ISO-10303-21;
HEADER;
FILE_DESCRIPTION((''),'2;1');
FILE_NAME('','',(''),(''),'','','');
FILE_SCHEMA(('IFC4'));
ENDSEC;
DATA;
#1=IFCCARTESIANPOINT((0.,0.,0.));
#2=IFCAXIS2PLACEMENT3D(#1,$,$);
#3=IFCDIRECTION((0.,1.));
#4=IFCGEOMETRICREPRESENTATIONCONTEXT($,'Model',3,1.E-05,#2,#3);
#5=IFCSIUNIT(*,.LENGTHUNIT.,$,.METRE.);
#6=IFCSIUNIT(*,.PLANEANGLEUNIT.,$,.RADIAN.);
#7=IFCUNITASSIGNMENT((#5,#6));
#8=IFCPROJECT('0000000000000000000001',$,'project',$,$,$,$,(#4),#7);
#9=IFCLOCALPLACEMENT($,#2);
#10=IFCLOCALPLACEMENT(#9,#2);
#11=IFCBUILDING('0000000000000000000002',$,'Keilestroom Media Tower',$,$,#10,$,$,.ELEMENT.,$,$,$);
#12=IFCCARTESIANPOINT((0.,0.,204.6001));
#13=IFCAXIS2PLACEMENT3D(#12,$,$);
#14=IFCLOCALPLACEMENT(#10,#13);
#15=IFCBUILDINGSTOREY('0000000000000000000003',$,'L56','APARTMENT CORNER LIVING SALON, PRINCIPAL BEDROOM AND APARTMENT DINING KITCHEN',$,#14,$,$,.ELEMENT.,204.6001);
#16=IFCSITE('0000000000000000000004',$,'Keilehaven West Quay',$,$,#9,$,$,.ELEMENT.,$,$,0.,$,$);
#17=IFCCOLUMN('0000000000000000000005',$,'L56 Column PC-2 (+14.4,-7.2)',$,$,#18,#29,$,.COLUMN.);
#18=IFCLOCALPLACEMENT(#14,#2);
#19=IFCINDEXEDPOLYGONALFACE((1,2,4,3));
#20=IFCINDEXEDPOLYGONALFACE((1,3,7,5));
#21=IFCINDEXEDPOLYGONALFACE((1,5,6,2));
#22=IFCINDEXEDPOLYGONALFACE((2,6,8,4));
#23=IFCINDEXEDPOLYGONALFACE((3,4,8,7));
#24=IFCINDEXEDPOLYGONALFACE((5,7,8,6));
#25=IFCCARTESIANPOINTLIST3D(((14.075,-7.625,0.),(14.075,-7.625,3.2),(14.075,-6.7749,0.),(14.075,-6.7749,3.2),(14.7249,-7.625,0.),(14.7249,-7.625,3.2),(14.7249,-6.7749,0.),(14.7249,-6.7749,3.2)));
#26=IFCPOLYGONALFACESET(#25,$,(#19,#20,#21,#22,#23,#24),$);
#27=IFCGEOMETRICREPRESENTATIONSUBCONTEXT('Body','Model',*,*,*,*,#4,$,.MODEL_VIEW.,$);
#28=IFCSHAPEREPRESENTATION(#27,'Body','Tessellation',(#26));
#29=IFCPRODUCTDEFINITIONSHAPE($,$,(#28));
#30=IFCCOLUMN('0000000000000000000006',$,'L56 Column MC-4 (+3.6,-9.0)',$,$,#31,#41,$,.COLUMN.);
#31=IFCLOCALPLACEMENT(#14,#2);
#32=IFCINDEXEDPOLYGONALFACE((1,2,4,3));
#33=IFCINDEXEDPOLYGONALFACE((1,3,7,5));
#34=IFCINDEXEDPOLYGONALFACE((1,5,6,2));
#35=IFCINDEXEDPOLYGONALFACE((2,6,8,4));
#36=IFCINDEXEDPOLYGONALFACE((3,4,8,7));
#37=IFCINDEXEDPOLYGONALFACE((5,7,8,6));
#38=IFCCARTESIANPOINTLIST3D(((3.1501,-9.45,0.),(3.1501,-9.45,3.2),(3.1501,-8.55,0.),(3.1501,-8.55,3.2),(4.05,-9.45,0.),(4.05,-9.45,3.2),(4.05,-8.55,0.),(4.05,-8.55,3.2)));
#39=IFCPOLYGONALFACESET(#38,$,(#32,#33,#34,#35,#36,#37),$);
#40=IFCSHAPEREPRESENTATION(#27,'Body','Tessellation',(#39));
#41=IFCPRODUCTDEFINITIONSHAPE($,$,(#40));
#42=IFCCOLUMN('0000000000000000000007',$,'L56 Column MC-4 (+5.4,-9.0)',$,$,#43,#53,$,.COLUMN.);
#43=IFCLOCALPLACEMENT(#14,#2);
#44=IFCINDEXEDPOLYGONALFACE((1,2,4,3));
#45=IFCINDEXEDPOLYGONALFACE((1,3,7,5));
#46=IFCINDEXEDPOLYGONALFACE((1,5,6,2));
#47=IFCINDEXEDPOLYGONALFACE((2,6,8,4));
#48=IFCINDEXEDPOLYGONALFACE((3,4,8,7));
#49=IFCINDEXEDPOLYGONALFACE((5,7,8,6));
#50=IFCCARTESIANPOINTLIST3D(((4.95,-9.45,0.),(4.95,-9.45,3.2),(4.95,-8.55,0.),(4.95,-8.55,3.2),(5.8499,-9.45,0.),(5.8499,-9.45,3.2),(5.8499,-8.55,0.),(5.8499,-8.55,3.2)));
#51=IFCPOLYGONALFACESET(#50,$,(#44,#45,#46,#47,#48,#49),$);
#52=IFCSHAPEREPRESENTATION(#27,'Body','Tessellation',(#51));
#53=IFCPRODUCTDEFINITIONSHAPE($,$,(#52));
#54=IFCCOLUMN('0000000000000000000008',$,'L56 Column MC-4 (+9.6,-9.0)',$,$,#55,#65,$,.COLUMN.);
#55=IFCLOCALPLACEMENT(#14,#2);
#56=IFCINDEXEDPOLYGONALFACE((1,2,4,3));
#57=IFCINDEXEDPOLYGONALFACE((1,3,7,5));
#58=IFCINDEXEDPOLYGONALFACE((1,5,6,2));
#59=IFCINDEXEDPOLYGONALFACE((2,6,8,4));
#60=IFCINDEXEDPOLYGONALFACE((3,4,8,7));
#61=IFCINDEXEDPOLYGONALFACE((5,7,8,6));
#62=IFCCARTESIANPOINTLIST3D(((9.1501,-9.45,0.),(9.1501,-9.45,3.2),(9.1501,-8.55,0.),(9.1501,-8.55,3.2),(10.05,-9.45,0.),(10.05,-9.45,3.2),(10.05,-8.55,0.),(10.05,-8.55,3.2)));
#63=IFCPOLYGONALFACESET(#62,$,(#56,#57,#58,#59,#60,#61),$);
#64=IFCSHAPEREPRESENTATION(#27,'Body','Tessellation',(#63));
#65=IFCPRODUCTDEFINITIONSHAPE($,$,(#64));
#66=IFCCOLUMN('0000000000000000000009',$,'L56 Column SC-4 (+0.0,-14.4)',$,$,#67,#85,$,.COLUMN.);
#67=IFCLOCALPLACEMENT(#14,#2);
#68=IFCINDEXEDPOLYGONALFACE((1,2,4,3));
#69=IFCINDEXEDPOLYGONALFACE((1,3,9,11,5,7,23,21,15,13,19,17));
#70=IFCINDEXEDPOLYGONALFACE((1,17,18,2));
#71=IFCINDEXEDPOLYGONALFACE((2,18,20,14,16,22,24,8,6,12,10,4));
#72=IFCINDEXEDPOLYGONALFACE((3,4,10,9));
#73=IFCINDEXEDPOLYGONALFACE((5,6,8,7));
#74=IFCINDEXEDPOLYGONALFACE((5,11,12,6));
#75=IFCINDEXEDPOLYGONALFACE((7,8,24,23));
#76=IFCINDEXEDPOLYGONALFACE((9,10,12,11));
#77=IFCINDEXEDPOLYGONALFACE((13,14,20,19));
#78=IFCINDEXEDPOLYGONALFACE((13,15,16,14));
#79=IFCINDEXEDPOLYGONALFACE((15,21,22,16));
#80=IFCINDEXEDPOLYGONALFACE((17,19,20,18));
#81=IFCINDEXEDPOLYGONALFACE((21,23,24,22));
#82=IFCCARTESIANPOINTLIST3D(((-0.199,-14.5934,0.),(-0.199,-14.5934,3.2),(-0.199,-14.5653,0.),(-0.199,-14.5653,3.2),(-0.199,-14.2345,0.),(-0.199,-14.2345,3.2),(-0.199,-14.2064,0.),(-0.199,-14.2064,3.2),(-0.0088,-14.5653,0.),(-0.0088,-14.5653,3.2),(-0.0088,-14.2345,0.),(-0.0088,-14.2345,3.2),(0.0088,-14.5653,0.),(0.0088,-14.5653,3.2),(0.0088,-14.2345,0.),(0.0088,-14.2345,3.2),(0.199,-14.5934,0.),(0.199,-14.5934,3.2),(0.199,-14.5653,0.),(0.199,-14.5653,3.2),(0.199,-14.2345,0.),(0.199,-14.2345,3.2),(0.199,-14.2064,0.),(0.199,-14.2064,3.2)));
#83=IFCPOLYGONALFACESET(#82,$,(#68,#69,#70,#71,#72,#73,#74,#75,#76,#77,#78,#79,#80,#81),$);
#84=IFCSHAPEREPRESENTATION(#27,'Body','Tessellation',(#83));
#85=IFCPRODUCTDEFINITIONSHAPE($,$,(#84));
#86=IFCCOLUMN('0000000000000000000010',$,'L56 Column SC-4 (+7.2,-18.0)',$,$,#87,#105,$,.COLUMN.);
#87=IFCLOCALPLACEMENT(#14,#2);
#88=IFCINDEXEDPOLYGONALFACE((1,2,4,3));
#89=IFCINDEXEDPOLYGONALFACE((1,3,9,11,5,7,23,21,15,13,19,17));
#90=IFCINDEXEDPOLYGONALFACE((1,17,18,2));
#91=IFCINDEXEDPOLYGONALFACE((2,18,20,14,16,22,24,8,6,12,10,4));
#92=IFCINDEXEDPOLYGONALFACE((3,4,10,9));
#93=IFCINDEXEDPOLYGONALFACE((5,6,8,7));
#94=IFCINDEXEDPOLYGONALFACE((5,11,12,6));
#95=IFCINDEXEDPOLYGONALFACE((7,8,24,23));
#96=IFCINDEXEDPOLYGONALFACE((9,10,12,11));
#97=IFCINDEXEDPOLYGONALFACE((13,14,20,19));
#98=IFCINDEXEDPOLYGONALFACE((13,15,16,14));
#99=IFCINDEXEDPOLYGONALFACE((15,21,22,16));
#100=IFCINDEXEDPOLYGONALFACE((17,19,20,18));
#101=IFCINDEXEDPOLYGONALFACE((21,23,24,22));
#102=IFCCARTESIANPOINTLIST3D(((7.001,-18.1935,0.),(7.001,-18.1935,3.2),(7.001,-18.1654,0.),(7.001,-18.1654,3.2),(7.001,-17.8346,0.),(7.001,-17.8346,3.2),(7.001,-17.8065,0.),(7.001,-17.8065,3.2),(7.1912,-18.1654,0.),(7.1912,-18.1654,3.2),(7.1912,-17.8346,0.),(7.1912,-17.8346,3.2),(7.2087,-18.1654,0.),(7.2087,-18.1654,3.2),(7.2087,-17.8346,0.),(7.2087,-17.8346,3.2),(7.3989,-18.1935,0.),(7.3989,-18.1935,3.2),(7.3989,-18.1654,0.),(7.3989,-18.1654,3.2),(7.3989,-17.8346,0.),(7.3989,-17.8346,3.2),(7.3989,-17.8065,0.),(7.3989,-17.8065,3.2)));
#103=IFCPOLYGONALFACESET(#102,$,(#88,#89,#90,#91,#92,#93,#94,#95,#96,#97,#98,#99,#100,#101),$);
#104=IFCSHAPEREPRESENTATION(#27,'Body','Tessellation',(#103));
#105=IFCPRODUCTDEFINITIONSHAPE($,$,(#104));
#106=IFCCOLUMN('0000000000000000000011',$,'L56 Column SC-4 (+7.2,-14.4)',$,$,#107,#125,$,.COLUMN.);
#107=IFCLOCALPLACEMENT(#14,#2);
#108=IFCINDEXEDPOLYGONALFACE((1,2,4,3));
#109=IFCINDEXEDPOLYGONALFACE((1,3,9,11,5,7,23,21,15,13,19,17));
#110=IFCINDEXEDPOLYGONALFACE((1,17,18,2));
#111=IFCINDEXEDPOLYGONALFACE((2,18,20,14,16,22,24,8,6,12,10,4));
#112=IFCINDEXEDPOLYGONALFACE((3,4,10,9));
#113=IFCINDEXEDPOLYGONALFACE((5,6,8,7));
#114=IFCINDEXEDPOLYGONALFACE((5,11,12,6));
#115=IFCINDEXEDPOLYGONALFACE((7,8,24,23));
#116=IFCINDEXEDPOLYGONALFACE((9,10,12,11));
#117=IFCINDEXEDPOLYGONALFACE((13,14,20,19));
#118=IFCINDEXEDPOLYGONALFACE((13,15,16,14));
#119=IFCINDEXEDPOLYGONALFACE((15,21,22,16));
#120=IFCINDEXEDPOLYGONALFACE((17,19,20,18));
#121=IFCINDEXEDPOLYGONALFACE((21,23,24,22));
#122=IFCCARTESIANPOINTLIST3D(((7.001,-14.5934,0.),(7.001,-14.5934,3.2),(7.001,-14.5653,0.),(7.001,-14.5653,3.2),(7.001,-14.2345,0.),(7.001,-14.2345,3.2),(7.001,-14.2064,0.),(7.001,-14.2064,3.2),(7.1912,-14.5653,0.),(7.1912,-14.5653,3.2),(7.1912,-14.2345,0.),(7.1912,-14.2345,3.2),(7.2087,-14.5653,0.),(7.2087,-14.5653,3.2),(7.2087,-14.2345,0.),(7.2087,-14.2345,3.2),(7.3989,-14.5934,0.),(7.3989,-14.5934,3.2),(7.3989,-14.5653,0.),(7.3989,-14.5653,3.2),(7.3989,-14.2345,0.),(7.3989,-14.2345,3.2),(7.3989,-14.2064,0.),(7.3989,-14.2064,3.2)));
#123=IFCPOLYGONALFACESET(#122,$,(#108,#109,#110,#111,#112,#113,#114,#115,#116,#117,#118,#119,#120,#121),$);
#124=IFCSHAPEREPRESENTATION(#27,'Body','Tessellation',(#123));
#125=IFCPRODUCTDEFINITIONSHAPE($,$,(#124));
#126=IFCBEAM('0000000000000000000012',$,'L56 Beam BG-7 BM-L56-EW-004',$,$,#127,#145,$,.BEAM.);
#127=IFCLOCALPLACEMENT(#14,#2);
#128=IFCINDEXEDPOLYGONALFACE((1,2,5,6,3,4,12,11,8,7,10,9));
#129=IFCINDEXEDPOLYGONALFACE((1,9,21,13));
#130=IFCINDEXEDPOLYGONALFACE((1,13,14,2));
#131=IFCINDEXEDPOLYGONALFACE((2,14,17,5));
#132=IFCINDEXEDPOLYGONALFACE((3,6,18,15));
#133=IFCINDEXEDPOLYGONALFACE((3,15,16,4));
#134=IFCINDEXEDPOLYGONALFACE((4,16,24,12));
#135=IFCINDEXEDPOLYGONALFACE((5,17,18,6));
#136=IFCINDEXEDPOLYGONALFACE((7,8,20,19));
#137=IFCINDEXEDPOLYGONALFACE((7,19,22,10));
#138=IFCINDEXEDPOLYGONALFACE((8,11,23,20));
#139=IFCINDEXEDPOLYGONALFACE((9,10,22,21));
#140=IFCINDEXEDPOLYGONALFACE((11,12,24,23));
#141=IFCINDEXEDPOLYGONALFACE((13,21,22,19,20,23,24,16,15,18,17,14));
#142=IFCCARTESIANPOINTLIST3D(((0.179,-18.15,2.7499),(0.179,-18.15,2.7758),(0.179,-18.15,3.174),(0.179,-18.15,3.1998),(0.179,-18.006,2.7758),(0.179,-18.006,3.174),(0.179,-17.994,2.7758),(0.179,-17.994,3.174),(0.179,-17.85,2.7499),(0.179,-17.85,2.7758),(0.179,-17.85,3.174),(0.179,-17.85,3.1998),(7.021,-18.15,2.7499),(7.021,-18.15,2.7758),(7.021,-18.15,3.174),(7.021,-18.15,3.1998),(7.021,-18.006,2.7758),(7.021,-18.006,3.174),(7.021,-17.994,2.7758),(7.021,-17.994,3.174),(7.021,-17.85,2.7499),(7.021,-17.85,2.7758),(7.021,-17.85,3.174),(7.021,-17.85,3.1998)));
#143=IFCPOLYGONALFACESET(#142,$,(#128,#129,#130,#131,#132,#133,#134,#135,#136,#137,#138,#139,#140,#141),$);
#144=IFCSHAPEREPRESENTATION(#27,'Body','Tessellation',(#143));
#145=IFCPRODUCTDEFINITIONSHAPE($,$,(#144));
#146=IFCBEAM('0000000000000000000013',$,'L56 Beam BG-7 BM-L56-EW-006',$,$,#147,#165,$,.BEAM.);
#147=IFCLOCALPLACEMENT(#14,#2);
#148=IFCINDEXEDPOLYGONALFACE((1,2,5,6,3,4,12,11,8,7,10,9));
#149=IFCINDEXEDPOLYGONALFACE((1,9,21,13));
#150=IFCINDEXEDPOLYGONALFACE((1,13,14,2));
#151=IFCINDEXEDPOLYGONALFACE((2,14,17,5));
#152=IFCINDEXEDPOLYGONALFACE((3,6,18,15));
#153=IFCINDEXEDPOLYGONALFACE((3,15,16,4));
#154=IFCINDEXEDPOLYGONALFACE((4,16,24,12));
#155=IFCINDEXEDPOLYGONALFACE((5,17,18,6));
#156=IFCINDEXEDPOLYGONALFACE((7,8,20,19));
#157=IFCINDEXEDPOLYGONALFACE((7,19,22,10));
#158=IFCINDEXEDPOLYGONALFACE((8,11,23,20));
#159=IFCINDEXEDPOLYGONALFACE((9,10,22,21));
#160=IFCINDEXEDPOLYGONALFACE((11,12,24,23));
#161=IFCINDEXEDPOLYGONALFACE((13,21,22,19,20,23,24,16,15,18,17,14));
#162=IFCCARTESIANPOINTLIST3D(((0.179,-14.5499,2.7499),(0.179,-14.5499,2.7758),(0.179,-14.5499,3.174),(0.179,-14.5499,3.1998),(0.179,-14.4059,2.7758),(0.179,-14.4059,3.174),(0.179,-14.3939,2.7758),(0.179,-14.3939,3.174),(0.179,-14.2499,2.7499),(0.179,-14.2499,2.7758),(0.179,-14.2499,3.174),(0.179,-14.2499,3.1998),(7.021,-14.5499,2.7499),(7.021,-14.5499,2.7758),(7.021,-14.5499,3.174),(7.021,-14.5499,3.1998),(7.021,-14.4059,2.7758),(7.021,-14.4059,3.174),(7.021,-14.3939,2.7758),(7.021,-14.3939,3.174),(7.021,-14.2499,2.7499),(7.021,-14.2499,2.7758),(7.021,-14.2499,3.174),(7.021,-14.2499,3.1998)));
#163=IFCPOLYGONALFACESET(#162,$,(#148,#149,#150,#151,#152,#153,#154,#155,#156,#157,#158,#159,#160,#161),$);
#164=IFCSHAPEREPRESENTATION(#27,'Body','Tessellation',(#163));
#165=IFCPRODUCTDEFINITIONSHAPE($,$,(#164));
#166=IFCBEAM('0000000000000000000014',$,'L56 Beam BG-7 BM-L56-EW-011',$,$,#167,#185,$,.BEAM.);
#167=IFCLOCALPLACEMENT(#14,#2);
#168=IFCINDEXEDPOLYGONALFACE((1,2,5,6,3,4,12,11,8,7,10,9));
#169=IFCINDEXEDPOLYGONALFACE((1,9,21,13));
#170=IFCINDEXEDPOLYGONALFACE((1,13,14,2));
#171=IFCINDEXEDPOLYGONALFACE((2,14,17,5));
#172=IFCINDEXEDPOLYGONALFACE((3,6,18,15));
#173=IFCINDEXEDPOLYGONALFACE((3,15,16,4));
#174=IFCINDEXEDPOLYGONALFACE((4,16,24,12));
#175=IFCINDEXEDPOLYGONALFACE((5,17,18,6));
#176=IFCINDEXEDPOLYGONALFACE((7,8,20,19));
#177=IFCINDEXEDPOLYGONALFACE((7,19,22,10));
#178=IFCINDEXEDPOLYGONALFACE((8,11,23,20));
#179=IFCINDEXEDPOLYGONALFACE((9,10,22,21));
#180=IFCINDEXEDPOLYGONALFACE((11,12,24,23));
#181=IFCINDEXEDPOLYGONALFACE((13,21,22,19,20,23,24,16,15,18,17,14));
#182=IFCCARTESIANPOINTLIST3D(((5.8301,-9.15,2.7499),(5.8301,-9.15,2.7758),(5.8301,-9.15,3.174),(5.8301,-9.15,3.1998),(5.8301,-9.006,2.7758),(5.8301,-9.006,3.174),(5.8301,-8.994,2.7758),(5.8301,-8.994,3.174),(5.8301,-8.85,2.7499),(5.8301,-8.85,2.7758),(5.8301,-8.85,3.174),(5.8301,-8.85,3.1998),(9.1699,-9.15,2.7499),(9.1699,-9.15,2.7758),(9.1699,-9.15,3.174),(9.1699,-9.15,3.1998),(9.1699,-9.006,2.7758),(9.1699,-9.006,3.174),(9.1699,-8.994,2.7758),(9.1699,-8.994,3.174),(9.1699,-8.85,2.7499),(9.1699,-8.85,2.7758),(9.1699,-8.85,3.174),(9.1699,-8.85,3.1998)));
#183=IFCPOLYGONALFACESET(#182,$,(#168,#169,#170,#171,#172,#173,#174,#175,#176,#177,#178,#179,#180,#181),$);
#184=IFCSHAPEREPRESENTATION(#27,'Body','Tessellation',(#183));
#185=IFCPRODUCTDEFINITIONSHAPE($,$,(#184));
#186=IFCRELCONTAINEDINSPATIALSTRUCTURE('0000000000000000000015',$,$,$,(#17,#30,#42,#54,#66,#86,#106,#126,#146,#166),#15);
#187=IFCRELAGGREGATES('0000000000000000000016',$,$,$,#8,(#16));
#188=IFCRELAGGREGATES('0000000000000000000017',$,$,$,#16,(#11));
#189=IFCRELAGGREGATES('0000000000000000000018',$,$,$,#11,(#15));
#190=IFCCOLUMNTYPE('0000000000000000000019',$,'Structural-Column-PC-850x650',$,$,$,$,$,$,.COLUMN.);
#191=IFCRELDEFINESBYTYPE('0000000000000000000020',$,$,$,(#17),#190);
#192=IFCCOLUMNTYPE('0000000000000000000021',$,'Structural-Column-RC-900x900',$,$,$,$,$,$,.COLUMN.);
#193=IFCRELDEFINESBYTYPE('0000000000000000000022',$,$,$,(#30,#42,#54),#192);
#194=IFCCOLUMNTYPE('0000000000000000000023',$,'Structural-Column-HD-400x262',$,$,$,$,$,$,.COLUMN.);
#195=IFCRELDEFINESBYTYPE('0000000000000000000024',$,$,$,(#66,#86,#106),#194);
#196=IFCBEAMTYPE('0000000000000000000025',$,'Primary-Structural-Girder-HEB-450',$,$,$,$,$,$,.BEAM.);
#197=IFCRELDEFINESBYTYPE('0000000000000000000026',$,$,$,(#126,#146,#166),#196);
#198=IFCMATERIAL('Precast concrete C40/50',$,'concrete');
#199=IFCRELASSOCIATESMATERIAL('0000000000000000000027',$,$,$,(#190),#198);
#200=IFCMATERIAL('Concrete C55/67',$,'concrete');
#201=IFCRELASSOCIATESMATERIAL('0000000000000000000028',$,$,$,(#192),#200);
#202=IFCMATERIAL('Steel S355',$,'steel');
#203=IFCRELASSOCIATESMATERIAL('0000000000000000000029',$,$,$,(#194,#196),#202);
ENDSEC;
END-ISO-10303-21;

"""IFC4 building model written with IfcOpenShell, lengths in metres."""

from ifc_helpers import new_model, si_unit, direction, frame, origin, origin_2d, place, context, subcontext, project, spatial, rectangle, i_section, extrude, source, transform, mapped, material, material_profile, profile_set, type_object, element, save


model = new_model("IFC4")

# Units and contexts
model_context = context("Model", 3, precision=1e-05, world=origin(), true_north=direction((0.0, 1.0)))
body_context = subcontext(model_context, "Body", "Model", "MODEL_VIEW")
ifc_project = project(units=[si_unit("LENGTHUNIT", "METRE"), si_unit("PLANEANGLEUNIT", "RADIAN")], contexts=[model_context])

# Site, building, storey
site_placement = place(None, origin())
site = spatial("IfcSite", under=ifc_project, at=site_placement, Name="Keilehaven West Quay", CompositionType="ELEMENT", RefElevation=0.0)
building_placement = place(site_placement, origin())
building = spatial("IfcBuilding", under=site, at=building_placement, Name="Keilestroom Media Tower", CompositionType="ELEMENT")
storey_placement = place(building_placement, frame((0.0, 0.0, 204.6001)))
storey = spatial("IfcBuildingStorey", under=building, at=storey_placement, Name="L56", Description="APARTMENT CORNER LIVING SALON, PRINCIPAL BEDROOM AND APARTMENT DINING KITCHEN", CompositionType="ELEMENT", Elevation=204.6001)

# Columns
ifc_material_1 = material(Name="Precast concrete C40/50", Category="concrete")
ifc_material_profile_1 = material_profile(ifc_material_1, rectangle(XDim=0.6499, YDim=0.8501, at=origin_2d()), Name="PC 850x650")
ifc_profile_set_1 = profile_set([ifc_material_profile_1], Name="Precast concrete C40/50")
column_type_1 = type_object("IfcColumnType", Name="Structural-Column-PC-850x650", PredefinedType="COLUMN", material=ifc_profile_set_1)
shared_shape_1 = source(origin(), body_context, "Body", "SweptSolid", [
    extrude(rectangle(XDim=0.6499, YDim=0.8501, at=origin_2d()), origin(), (0.0, 0.0, 1.0), 3.2),
])
column_placement = place(storey_placement, frame((14.3999, -7.2, 0.0), z_axis=(0.0, 0.0, 1.0), x_axis=(1.0, 0.0, 0.0)))
element("IfcColumn", 1, at=column_placement, inside=storey, type_object=column_type_1, Name="L56 Column PC-2 (+14.4,-7.2)", PredefinedType="COLUMN", context=body_context, shape_type="MappedRepresentation", body=[
    mapped(shared_shape_1, transform((0.0, 0.0, 0.0), x_axis=(1.0, 0.0, 0.0), y_axis=(0.0, 1.0, 0.0), z_axis=(0.0, 0.0, 1.0), scale=1.0)),
])
ifc_material_2 = material(Name="Concrete C55/67", Category="concrete")
ifc_material_profile_2 = material_profile(ifc_material_2, rectangle(XDim=0.8999, YDim=0.8999, at=origin_2d()), Name="RC 900x900")
ifc_profile_set_2 = profile_set([ifc_material_profile_2], Name="Concrete C55/67")
column_type_2 = type_object("IfcColumnType", Name="Structural-Column-RC-900x900", PredefinedType="COLUMN", material=ifc_profile_set_2)
shared_shape_2 = source(origin(), body_context, "Body", "SweptSolid", [
    extrude(rectangle(XDim=0.8999, YDim=0.8999, at=origin_2d()), origin(), (0.0, 0.0, 1.0), 3.2),
])
for number, where, z_axis, x_axis, name in (
    (2, (3.6001, -9.0, 0.0), (0.0, 0.0, 1.0), (1.0, 0.0, 0.0), "L56 Column MC-4 (+3.6,-9.0)"),
    (3, (5.3999, -9.0, 0.0), (0.0, 0.0, 1.0), (1.0, 0.0, 0.0), "L56 Column MC-4 (+5.4,-9.0)"),
    (4, (9.6001, -9.0, 0.0), (0.0, 0.0, 1.0), (1.0, 0.0, 0.0), "L56 Column MC-4 (+9.6,-9.0)"),
):
    element("IfcColumn", number, at=place(storey_placement, frame(where, z_axis=z_axis, x_axis=x_axis)), inside=storey, type_object=column_type_2, Name=name, PredefinedType="COLUMN", context=body_context, shape_type="MappedRepresentation", body=[
        mapped(shared_shape_2, transform((0.0, 0.0, 0.0), x_axis=(1.0, 0.0, 0.0), y_axis=(0.0, 1.0, 0.0), z_axis=(0.0, 0.0, 1.0), scale=1.0)),
    ])
ifc_material_3 = material(Name="Steel S355", Category="steel")
ifc_material_profile_3 = material_profile(ifc_material_3, i_section(OverallWidth=0.3979, OverallDepth=0.387, WebThickness=0.0176, FlangeThickness=0.0281, at=origin_2d()), Name="HD 400x262")
ifc_profile_set_3 = profile_set([ifc_material_profile_3], Name="Steel S355")
column_type_3 = type_object("IfcColumnType", Name="Structural-Column-HD-400x262", PredefinedType="COLUMN", material=ifc_profile_set_3)
shared_shape_3 = source(origin(), body_context, "Body", "SweptSolid", [
    extrude(i_section(OverallWidth=0.3979, OverallDepth=0.387, WebThickness=0.0176, FlangeThickness=0.0281, at=origin_2d()), origin(), (0.0, 0.0, 1.0), 3.2),
])
for number, where, z_axis, x_axis, name in (
    (5, (0.0, -14.3999, 0.0), (0.0, 0.0, 1.0), (1.0, 0.0, 0.0), "L56 Column SC-4 (+0.0,-14.4)"),
    (6, (7.2, -18.0, 0.0), (0.0, 0.0, 1.0), (1.0, 0.0, 0.0), "L56 Column SC-4 (+7.2,-18.0)"),
    (7, (7.2, -14.3999, 0.0), (0.0, 0.0, 1.0), (1.0, 0.0, 0.0), "L56 Column SC-4 (+7.2,-14.4)"),
):
    element("IfcColumn", number, at=place(storey_placement, frame(where, z_axis=z_axis, x_axis=x_axis)), inside=storey, type_object=column_type_3, Name=name, PredefinedType="COLUMN", context=body_context, shape_type="MappedRepresentation", body=[
        mapped(shared_shape_3, transform((0.0, 0.0, 0.0), x_axis=(1.0, 0.0, 0.0), y_axis=(0.0, 1.0, 0.0), z_axis=(0.0, 0.0, 1.0), scale=1.0)),
    ])

# Beams
ifc_material_profile_4 = material_profile(ifc_material_3, i_section(OverallWidth=0.3, OverallDepth=0.45, WebThickness=0.012, FlangeThickness=0.0259, at=origin_2d()), Name="HEB 450")
ifc_profile_set_4 = profile_set([ifc_material_profile_4], Name="Steel S355")
beam_type_1 = type_object("IfcBeamType", Name="Primary-Structural-Girder-HEB-450", PredefinedType="BEAM", material=ifc_profile_set_4)
shared_shape_4 = source(origin(), body_context, "Body", "SweptSolid", [
    extrude(i_section(OverallWidth=0.3, OverallDepth=0.45, WebThickness=0.012, FlangeThickness=0.0259, at=origin_2d()), origin(), (0.0, 0.0, 1.0), 6.842),
])
for number, where, z_axis, x_axis, name in (
    (8, (0.179, -18.0, 2.9749), (1.0, 0.0, 0.0), (0.0, 1.0, 0.0), "L56 Beam BG-7 BM-L56-EW-004"),
    (9, (0.179, -14.3999, 2.9749), (1.0, 0.0, 0.0), (0.0, 1.0, 0.0), "L56 Beam BG-7 BM-L56-EW-006"),
):
    element("IfcBeam", number, at=place(storey_placement, frame(where, z_axis=z_axis, x_axis=x_axis)), inside=storey, type_object=beam_type_1, Name=name, PredefinedType="BEAM", context=body_context, shape_type="MappedRepresentation", body=[
        mapped(shared_shape_4, transform((0.0, 0.0, 0.0), x_axis=(1.0, 0.0, 0.0), y_axis=(0.0, 1.0, 0.0), z_axis=(0.0, 0.0, 1.0), scale=1.0)),
    ])
shared_shape_5 = source(origin(), body_context, "Body", "SweptSolid", [
    extrude(i_section(OverallWidth=0.3, OverallDepth=0.45, WebThickness=0.012, FlangeThickness=0.0259, at=origin_2d()), origin(), (0.0, 0.0, 1.0), 3.3398),
])
beam_1_placement = place(storey_placement, frame((5.8301, -9.0, 2.9749), z_axis=(1.0, 0.0, 0.0), x_axis=(0.0, 1.0, 0.0)))
element("IfcBeam", 10, at=beam_1_placement, inside=storey, type_object=beam_type_1, Name="L56 Beam BG-7 BM-L56-EW-011", PredefinedType="BEAM", context=body_context, shape_type="MappedRepresentation", body=[
    mapped(shared_shape_5, transform((0.0, 0.0, 0.0), x_axis=(1.0, 0.0, 0.0), y_axis=(0.0, 1.0, 0.0), z_axis=(0.0, 0.0, 1.0), scale=1.0)),
])

save(model, "model.ifc")
